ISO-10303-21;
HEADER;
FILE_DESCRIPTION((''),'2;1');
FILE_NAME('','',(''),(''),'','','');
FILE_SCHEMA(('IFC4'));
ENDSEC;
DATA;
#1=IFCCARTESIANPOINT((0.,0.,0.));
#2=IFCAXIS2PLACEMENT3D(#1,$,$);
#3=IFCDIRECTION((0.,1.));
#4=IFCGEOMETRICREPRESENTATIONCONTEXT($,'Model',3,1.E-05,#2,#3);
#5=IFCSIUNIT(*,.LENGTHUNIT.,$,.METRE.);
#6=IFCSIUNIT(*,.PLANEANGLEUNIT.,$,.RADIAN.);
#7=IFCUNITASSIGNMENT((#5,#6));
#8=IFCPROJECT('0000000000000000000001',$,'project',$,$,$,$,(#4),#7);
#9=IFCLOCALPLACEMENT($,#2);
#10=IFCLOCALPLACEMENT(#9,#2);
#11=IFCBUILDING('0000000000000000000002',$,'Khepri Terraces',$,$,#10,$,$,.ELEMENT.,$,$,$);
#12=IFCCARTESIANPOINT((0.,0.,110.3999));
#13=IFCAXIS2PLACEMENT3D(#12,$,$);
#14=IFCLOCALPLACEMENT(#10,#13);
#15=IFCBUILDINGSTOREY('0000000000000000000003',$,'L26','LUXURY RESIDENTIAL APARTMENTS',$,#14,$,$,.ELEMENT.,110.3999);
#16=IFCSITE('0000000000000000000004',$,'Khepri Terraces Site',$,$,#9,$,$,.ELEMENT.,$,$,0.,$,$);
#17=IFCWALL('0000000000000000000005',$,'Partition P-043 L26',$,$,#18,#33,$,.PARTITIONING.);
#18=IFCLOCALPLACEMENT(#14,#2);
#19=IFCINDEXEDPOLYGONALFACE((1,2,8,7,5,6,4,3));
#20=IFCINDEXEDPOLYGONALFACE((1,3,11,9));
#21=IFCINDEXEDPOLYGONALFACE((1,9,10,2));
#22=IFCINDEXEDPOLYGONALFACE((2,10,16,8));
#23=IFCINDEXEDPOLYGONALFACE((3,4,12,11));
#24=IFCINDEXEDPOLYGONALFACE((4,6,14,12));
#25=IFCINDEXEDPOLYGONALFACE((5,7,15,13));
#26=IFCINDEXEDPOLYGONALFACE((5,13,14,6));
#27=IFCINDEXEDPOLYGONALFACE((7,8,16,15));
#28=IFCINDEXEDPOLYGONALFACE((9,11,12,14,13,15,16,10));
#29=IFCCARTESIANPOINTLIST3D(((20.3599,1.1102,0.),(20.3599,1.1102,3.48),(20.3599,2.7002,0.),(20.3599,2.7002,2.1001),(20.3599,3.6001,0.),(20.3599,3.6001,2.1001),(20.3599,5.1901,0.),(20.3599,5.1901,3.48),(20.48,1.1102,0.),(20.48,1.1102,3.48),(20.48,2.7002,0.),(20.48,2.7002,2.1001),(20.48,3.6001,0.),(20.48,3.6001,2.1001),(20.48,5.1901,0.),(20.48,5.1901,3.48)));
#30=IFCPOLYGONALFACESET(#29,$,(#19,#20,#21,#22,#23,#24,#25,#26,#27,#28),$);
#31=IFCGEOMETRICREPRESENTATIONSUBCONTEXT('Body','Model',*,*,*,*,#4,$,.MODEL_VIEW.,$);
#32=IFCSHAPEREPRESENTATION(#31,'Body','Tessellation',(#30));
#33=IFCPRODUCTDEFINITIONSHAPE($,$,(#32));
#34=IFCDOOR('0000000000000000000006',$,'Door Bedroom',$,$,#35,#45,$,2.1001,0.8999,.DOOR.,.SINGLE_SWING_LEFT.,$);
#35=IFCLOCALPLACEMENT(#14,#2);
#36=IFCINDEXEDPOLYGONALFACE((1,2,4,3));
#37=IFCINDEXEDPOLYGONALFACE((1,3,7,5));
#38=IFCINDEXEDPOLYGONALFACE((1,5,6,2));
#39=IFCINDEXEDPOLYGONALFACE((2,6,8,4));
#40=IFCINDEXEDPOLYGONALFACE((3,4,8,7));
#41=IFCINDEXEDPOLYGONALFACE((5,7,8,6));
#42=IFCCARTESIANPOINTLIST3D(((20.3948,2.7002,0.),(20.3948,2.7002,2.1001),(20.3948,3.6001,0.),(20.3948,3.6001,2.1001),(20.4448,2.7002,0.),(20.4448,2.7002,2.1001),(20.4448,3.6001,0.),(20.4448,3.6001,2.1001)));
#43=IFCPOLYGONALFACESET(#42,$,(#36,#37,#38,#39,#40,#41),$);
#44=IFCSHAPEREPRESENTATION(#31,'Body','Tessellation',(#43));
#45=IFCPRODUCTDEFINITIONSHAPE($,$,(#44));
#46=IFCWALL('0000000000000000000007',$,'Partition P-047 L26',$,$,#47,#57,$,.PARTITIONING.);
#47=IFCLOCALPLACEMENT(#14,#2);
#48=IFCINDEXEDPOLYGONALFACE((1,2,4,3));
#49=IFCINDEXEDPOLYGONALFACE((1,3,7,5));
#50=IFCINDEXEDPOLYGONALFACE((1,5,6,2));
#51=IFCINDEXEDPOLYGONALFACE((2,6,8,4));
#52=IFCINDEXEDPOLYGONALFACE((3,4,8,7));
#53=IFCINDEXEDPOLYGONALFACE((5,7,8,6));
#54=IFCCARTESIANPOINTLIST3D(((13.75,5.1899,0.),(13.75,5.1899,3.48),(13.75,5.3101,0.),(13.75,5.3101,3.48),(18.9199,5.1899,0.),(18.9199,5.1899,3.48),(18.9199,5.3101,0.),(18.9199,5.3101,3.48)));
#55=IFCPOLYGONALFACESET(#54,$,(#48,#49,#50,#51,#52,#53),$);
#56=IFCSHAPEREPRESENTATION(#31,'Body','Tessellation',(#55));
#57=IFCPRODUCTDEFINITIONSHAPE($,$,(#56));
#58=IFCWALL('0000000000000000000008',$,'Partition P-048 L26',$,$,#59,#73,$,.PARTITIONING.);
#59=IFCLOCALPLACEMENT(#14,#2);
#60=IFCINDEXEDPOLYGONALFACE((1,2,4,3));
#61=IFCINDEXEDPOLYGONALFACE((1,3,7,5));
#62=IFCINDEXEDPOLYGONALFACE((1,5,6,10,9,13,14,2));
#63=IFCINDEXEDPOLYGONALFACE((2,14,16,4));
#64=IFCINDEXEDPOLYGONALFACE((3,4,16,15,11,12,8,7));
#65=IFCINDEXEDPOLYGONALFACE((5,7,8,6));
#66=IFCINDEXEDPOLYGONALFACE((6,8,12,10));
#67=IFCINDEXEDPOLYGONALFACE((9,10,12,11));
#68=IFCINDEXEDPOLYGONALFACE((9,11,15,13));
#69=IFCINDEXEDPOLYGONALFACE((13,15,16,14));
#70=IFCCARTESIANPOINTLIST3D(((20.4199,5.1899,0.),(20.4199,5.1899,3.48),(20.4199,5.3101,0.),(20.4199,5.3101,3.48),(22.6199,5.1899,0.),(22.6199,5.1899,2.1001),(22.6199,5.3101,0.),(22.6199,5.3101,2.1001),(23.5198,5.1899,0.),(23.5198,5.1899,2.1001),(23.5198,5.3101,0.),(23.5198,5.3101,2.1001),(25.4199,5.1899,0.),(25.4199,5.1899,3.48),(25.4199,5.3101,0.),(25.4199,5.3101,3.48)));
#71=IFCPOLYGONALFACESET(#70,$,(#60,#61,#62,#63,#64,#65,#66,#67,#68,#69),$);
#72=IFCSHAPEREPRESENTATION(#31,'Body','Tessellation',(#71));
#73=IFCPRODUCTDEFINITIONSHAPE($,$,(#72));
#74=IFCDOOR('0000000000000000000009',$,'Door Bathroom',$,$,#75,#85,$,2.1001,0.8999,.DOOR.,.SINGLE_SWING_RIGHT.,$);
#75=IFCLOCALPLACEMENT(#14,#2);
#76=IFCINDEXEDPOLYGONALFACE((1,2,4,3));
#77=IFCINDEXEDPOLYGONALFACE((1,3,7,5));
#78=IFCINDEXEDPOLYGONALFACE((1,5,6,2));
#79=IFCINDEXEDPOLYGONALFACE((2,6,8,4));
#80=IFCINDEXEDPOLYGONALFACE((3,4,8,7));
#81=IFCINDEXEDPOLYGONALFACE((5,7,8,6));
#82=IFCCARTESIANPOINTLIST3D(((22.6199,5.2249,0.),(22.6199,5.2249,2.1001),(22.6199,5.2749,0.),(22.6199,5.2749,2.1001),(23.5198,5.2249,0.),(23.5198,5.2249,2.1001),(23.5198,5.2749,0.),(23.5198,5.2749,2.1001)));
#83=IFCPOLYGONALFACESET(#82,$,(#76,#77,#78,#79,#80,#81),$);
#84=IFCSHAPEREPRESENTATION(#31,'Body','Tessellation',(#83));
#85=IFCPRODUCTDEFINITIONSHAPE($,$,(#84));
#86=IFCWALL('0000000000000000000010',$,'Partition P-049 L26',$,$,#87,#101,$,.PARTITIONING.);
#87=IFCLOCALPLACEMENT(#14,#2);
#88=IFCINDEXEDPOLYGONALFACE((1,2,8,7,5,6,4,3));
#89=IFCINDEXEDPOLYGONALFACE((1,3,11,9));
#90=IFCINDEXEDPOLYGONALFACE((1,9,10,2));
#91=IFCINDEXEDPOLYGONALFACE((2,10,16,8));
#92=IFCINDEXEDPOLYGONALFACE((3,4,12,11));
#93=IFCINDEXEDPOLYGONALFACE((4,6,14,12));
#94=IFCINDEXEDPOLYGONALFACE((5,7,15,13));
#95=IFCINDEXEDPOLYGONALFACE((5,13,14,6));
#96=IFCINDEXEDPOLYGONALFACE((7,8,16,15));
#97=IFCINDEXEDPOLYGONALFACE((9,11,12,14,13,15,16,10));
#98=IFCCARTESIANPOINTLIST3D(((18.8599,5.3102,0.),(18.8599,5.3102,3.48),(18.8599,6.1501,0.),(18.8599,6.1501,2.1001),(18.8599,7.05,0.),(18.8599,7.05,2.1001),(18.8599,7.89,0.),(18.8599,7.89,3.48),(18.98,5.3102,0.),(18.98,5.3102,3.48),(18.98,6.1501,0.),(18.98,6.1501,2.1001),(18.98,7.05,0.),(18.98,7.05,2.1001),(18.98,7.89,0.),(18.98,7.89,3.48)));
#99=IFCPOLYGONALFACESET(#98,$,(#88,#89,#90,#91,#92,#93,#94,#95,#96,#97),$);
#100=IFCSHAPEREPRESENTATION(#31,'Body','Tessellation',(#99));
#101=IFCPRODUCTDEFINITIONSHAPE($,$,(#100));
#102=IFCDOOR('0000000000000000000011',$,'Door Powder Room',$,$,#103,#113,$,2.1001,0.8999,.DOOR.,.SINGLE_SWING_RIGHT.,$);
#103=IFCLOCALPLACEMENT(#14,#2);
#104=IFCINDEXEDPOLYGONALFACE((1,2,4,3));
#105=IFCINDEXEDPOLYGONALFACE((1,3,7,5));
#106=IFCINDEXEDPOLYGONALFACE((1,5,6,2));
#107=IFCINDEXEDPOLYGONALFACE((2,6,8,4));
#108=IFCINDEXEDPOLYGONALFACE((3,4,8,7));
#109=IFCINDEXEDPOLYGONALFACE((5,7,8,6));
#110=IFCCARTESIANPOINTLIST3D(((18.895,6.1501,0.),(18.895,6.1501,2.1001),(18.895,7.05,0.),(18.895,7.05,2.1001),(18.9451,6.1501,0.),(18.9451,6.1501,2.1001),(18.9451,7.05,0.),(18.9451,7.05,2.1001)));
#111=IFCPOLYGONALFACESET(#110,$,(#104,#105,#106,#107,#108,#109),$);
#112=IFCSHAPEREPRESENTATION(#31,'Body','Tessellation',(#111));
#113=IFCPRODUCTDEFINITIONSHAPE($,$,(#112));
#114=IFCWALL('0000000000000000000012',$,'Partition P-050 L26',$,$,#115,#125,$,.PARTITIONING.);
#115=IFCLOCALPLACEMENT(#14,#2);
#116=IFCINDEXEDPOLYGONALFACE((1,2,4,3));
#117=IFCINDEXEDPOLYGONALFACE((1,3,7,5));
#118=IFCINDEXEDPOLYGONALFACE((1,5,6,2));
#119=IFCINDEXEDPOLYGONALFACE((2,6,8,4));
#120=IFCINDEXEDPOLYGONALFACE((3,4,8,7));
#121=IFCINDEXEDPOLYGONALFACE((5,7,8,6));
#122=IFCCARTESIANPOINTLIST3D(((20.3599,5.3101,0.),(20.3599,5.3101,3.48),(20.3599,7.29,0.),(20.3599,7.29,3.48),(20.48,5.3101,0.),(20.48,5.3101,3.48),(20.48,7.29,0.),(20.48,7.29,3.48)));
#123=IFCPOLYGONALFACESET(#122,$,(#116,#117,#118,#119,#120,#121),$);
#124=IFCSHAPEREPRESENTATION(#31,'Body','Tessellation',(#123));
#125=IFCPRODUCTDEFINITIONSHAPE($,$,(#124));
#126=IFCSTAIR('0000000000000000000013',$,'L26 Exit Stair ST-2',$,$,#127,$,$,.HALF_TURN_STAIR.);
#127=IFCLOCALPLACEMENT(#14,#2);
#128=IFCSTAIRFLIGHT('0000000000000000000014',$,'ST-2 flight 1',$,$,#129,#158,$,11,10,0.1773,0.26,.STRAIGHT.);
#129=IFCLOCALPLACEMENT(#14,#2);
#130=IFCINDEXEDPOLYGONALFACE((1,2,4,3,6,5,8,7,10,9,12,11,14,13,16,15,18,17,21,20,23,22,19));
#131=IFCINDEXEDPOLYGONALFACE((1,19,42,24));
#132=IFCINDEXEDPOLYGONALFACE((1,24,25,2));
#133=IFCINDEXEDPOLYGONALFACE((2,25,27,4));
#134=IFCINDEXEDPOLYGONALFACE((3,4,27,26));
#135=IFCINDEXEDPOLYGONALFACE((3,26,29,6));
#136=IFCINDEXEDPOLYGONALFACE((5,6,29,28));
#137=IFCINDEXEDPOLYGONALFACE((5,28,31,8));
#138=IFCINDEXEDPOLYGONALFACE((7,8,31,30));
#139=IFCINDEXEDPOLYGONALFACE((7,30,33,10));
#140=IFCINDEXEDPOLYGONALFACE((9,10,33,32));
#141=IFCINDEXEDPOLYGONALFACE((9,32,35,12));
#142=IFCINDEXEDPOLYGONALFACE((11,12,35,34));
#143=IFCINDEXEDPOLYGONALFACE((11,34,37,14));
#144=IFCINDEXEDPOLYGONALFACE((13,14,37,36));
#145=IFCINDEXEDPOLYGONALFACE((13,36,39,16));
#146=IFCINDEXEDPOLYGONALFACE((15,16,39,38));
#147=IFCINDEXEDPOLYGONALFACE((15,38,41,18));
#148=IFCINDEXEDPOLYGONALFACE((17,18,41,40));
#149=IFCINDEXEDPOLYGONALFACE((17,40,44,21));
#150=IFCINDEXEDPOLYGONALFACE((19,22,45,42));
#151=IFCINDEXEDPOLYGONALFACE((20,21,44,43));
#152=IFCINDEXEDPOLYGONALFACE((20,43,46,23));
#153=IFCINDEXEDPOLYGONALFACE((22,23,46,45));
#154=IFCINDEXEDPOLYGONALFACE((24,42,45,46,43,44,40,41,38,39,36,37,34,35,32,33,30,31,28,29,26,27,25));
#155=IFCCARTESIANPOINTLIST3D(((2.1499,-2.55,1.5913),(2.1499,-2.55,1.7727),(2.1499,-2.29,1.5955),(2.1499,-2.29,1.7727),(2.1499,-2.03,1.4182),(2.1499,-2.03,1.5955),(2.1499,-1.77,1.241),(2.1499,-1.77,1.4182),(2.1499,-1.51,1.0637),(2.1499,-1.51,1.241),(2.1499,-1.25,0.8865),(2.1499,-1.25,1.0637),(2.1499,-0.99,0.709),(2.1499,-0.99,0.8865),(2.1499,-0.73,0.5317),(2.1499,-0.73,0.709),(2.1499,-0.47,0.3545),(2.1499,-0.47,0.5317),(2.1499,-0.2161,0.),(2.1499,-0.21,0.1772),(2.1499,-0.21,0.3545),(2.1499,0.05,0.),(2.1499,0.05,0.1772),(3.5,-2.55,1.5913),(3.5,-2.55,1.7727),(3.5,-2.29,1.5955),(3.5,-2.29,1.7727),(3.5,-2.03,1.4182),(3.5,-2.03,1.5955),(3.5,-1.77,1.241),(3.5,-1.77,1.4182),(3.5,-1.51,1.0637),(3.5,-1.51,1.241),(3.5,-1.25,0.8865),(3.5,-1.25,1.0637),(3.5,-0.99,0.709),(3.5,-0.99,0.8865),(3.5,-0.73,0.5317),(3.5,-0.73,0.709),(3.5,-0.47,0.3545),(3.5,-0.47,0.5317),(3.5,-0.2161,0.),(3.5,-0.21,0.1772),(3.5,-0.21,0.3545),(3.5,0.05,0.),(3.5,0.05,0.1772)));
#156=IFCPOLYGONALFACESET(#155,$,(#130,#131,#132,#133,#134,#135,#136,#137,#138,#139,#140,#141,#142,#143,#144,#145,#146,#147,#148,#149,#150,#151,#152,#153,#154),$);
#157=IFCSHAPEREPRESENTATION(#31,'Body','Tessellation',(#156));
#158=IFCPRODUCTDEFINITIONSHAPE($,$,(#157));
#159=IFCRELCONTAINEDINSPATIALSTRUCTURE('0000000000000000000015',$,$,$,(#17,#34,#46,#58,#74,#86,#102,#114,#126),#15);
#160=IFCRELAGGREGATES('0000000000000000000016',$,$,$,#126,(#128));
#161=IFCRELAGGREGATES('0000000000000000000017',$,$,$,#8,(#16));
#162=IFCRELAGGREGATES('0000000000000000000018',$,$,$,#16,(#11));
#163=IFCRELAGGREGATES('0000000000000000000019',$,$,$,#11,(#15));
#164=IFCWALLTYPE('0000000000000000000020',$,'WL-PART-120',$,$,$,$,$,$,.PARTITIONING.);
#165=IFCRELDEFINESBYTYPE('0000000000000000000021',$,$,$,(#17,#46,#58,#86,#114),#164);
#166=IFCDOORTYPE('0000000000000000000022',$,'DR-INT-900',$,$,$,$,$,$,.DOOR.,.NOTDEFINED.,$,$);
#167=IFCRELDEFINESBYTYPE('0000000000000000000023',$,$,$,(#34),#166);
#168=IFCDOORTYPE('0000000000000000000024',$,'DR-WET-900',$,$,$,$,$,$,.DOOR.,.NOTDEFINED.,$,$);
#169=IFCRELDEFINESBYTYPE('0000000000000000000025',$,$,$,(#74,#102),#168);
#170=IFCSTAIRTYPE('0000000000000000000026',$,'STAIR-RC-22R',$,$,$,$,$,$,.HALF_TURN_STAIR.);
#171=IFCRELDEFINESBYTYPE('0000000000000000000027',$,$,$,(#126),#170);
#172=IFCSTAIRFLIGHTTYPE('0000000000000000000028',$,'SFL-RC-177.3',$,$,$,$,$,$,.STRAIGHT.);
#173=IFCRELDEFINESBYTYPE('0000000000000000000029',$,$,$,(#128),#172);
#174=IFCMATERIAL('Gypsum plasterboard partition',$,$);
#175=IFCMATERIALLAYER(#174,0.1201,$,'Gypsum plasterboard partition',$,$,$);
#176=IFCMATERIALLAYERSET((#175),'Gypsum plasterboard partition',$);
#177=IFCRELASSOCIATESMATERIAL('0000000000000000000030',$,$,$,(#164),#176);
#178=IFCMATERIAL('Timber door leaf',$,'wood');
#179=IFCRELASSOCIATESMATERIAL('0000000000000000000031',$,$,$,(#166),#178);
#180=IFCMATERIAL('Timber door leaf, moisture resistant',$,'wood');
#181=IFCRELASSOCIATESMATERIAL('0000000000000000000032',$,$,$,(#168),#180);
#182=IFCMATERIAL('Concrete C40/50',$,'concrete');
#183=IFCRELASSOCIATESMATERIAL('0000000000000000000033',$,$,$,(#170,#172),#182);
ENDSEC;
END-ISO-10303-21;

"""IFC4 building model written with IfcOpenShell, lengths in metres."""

from ifc_helpers import new_model, si_unit, direction, frame, frame_2d, origin, place, context, subcontext, project, spatial, polyline, rectangle, outline, extrude, material, layer, layer_set, type_object, element, fill, aggregate, save


model = new_model("IFC4")

# Units and contexts
model_context = context("Model", 3, precision=1e-05, world=origin(), true_north=direction((0.0, 1.0)))
body_context = subcontext(model_context, "Body", "Model", "MODEL_VIEW")
ifc_project = project(units=[si_unit("LENGTHUNIT", "METRE"), si_unit("PLANEANGLEUNIT", "RADIAN")], contexts=[model_context])

# Site, building, storey
site_placement = place(None, origin())
site = spatial("IfcSite", under=ifc_project, at=site_placement, Name="Khepri Terraces Site", CompositionType="ELEMENT", RefElevation=0.0)
building_placement = place(site_placement, origin())
building = spatial("IfcBuilding", under=site, at=building_placement, Name="Khepri Terraces", CompositionType="ELEMENT")
storey_placement = place(building_placement, frame((0.0, 0.0, 110.3999)))
storey = spatial("IfcBuildingStorey", under=building, at=storey_placement, Name="L26", Description="LUXURY RESIDENTIAL APARTMENTS", CompositionType="ELEMENT", Elevation=110.3999)

# Shared definitions
ifc_material_1 = material(Name="Gypsum plasterboard partition")
ifc_layer_1 = layer(ifc_material_1, 0.1201, Name="Gypsum plasterboard partition")
ifc_layer_set_1 = layer_set([ifc_layer_1], Name="Gypsum plasterboard partition")
wall_type_1 = type_object("IfcWallType", Name="WL-PART-120", PredefinedType="PARTITIONING", material=ifc_layer_set_1)

# Wall, opening, door
wall_1_placement = place(storey_placement, frame((20.4199, 1.1101, 0.0), z_axis=(0.0, 0.0, 1.0), x_axis=(0.0, 1.0, 0.0)))
wall_1 = element("IfcWall", 1, at=wall_1_placement, inside=storey, type_object=wall_type_1, Name="Partition P-043 L26", PredefinedType="PARTITIONING", context=body_context, shape_type="SweptSolid", body=[
    extrude(rectangle(XDim=4.0798, YDim=0.1201, at=frame_2d((2.04, 0.0))), origin(), (0.0, 0.0, 1.0), 3.48),
])
opening_1_placement = place(wall_1_placement, frame((1.5901, 0.0, 0.0)))
opening_1 = element("IfcOpeningElement", 2, at=opening_1_placement, cuts=wall_1, PredefinedType="OPENING", context=body_context, shape_type="SweptSolid", body=[
    extrude(rectangle(XDim=0.8999, YDim=2.1001, at=frame_2d((0.45, 1.05))), frame((0.0, 0.0701, 0.0), z_axis=(0.0, -1.0, 0.0), x_axis=(1.0, 0.0, 0.0)), (0.0, 0.0, 1.0), 0.1401),
])
ifc_material_2 = material(Name="Timber door leaf", Category="wood")
door_type_1 = type_object("IfcDoorType", Name="DR-INT-900", OperationType="NOTDEFINED", PredefinedType="DOOR", material=ifc_material_2)
door_1_placement = place(opening_1_placement, frame((0.8999, 0.0, 0.0), z_axis=(0.0, 0.0, 1.0), x_axis=(-1.0, 0.0, 0.0)))
door_1 = element("IfcDoor", 3, at=door_1_placement, inside=storey, type_object=door_type_1, Name="Door Bedroom", OperationType="SINGLE_SWING_LEFT", OverallHeight=2.1001, OverallWidth=0.8999, PredefinedType="DOOR", context=body_context, shape_type="SweptSolid", body=[
    extrude(rectangle(XDim=0.8999, YDim=2.1001, at=frame_2d((0.45, 1.05))), frame((0.0, 0.0249, 0.0), z_axis=(0.0, -1.0, 0.0), x_axis=(1.0, 0.0, 0.0)), (0.0, 0.0, 1.0), 0.05),
])
fill(opening_1, door_1)

# Wall
wall_2_placement = place(storey_placement, frame((13.75, 5.25, 0.0), z_axis=(0.0, 0.0, 1.0), x_axis=(1.0, 0.0, 0.0)))
element("IfcWall", 4, at=wall_2_placement, inside=storey, type_object=wall_type_1, Name="Partition P-047 L26", PredefinedType="PARTITIONING", context=body_context, shape_type="SweptSolid", body=[
    extrude(rectangle(XDim=5.1699, YDim=0.1201, at=frame_2d((2.585, 0.0))), origin(), (0.0, 0.0, 1.0), 3.48),
])

# Walls, openings, doors
wall_3_placement = place(storey_placement, frame((20.4199, 5.25, 0.0), z_axis=(0.0, 0.0, 1.0), x_axis=(1.0, 0.0, 0.0)))
wall_3 = element("IfcWall", 5, at=wall_3_placement, inside=storey, type_object=wall_type_1, Name="Partition P-048 L26", PredefinedType="PARTITIONING", context=body_context, shape_type="SweptSolid", body=[
    extrude(rectangle(XDim=5.0, YDim=0.1201, at=frame_2d((2.5, 0.0))), origin(), (0.0, 0.0, 1.0), 3.48),
])
opening_2_placement = place(wall_3_placement, frame((2.2, 0.0, 0.0)))
opening_2 = element("IfcOpeningElement", 6, at=opening_2_placement, cuts=wall_3, PredefinedType="OPENING", context=body_context, shape_type="SweptSolid", body=[
    extrude(rectangle(XDim=0.8999, YDim=2.1001, at=frame_2d((0.45, 1.05))), frame((0.0, 0.0701, 0.0), z_axis=(0.0, -1.0, 0.0), x_axis=(1.0, 0.0, 0.0)), (0.0, 0.0, 1.0), 0.1401),
])
ifc_material_3 = material(Name="Timber door leaf, moisture resistant", Category="wood")
door_type_2 = type_object("IfcDoorType", Name="DR-WET-900", OperationType="NOTDEFINED", PredefinedType="DOOR", material=ifc_material_3)
door_2_placement = place(opening_2_placement, origin())
door_2 = element("IfcDoor", 7, at=door_2_placement, inside=storey, type_object=door_type_2, Name="Door Bathroom", OperationType="SINGLE_SWING_RIGHT", OverallHeight=2.1001, OverallWidth=0.8999, PredefinedType="DOOR", context=body_context, shape_type="SweptSolid", body=[
    extrude(rectangle(XDim=0.8999, YDim=2.1001, at=frame_2d((0.45, 1.05))), frame((0.0, 0.0249, 0.0), z_axis=(0.0, -1.0, 0.0), x_axis=(1.0, 0.0, 0.0)), (0.0, 0.0, 1.0), 0.05),
])
fill(opening_2, door_2)
wall_4_placement = place(storey_placement, frame((18.9199, 5.3101, 0.0), z_axis=(0.0, 0.0, 1.0), x_axis=(0.0, 1.0, 0.0)))
wall_4 = element("IfcWall", 8, at=wall_4_placement, inside=storey, type_object=wall_type_1, Name="Partition P-049 L26", PredefinedType="PARTITIONING", context=body_context, shape_type="SweptSolid", body=[
    extrude(rectangle(XDim=2.5798, YDim=0.1201, at=frame_2d((1.29, 0.0))), origin(), (0.0, 0.0, 1.0), 3.48),
])
opening_3_placement = place(wall_4_placement, frame((0.8401, 0.0, 0.0)))
opening_3 = element("IfcOpeningElement", 9, at=opening_3_placement, cuts=wall_4, PredefinedType="OPENING", context=body_context, shape_type="SweptSolid", body=[
    extrude(rectangle(XDim=0.8999, YDim=2.1001, at=frame_2d((0.45, 1.05))), frame((0.0, 0.0701, 0.0), z_axis=(0.0, -1.0, 0.0), x_axis=(1.0, 0.0, 0.0)), (0.0, 0.0, 1.0), 0.1401),
])
door_3_placement = place(opening_3_placement, origin())
door_3 = element("IfcDoor", 10, at=door_3_placement, inside=storey, type_object=door_type_2, Name="Door Powder Room", OperationType="SINGLE_SWING_RIGHT", OverallHeight=2.1001, OverallWidth=0.8999, PredefinedType="DOOR", context=body_context, shape_type="SweptSolid", body=[
    extrude(rectangle(XDim=0.8999, YDim=2.1001, at=frame_2d((0.45, 1.05))), frame((0.0, 0.0249, 0.0), z_axis=(0.0, -1.0, 0.0), x_axis=(1.0, 0.0, 0.0)), (0.0, 0.0, 1.0), 0.05),
])
fill(opening_3, door_3)

# Wall
wall_5_placement = place(storey_placement, frame((20.4199, 5.3101, 0.0), z_axis=(0.0, 0.0, 1.0), x_axis=(0.0, 1.0, 0.0)))
element("IfcWall", 11, at=wall_5_placement, inside=storey, type_object=wall_type_1, Name="Partition P-050 L26", PredefinedType="PARTITIONING", context=body_context, shape_type="SweptSolid", body=[
    extrude(rectangle(XDim=1.98, YDim=0.1201, at=frame_2d((0.99, 0.0))), origin(), (0.0, 0.0, 1.0), 3.48),
])

# Stair, stair flight
ifc_material_4 = material(Name="Concrete C40/50", Category="concrete")
stair_type = type_object("IfcStairType", Name="STAIR-RC-22R", PredefinedType="HALF_TURN_STAIR", material=ifc_material_4)
stair_placement = place(storey_placement, origin())
stair = element("IfcStair", 12, at=stair_placement, inside=storey, type_object=stair_type, Name="L26 Exit Stair ST-2", PredefinedType="HALF_TURN_STAIR")
stair_flight_type = type_object("IfcStairFlightType", Name="SFL-RC-177.3", PredefinedType="STRAIGHT", material=ifc_material_4)
stair_flight_placement = place(storey_placement, frame((2.825, 0.05, 0.0), z_axis=(0.0, 0.0, 1.0), x_axis=(0.0, -1.0, 0.0)))
stair_flight = element("IfcStairFlight", 13, at=stair_flight_placement, type_object=stair_flight_type, Name="ST-2 flight 1", NumberOfRisers=11, NumberOfTreads=10, PredefinedType="STRAIGHT", RiserHeight=0.1773, TreadLength=0.26, context=body_context, shape_type="SweptSolid", body=[
    extrude(outline(polyline([(0.0, 0.0), (0.0, 0.1772), (0.26, 0.1772), (0.26, 0.3545), (0.52, 0.3545), (0.52, 0.5317), (0.78, 0.5317), (0.78, 0.709), (1.04, 0.709), (1.04, 0.8865), (1.3, 0.8865), (1.3, 1.0637), (1.5601, 1.0637), (1.5601, 1.241), (1.8201, 1.241), (1.8201, 1.4182), (2.0801, 1.4182), (2.0801, 1.5955), (2.3401, 1.5955), (2.3401, 1.7727), (2.6001, 1.7727), (2.6001, 1.95), (2.6001, 1.5913), (0.2661, 0.0), (0.0, 0.0)])), frame((0.0, 0.675, 0.0), z_axis=(0.0, -1.0, 0.0), x_axis=(1.0, 0.0, 0.0)), (0.0, 0.0, 1.0), 1.3501),
])
aggregate(stair, [stair_flight])

save(model, "model.ifc")
